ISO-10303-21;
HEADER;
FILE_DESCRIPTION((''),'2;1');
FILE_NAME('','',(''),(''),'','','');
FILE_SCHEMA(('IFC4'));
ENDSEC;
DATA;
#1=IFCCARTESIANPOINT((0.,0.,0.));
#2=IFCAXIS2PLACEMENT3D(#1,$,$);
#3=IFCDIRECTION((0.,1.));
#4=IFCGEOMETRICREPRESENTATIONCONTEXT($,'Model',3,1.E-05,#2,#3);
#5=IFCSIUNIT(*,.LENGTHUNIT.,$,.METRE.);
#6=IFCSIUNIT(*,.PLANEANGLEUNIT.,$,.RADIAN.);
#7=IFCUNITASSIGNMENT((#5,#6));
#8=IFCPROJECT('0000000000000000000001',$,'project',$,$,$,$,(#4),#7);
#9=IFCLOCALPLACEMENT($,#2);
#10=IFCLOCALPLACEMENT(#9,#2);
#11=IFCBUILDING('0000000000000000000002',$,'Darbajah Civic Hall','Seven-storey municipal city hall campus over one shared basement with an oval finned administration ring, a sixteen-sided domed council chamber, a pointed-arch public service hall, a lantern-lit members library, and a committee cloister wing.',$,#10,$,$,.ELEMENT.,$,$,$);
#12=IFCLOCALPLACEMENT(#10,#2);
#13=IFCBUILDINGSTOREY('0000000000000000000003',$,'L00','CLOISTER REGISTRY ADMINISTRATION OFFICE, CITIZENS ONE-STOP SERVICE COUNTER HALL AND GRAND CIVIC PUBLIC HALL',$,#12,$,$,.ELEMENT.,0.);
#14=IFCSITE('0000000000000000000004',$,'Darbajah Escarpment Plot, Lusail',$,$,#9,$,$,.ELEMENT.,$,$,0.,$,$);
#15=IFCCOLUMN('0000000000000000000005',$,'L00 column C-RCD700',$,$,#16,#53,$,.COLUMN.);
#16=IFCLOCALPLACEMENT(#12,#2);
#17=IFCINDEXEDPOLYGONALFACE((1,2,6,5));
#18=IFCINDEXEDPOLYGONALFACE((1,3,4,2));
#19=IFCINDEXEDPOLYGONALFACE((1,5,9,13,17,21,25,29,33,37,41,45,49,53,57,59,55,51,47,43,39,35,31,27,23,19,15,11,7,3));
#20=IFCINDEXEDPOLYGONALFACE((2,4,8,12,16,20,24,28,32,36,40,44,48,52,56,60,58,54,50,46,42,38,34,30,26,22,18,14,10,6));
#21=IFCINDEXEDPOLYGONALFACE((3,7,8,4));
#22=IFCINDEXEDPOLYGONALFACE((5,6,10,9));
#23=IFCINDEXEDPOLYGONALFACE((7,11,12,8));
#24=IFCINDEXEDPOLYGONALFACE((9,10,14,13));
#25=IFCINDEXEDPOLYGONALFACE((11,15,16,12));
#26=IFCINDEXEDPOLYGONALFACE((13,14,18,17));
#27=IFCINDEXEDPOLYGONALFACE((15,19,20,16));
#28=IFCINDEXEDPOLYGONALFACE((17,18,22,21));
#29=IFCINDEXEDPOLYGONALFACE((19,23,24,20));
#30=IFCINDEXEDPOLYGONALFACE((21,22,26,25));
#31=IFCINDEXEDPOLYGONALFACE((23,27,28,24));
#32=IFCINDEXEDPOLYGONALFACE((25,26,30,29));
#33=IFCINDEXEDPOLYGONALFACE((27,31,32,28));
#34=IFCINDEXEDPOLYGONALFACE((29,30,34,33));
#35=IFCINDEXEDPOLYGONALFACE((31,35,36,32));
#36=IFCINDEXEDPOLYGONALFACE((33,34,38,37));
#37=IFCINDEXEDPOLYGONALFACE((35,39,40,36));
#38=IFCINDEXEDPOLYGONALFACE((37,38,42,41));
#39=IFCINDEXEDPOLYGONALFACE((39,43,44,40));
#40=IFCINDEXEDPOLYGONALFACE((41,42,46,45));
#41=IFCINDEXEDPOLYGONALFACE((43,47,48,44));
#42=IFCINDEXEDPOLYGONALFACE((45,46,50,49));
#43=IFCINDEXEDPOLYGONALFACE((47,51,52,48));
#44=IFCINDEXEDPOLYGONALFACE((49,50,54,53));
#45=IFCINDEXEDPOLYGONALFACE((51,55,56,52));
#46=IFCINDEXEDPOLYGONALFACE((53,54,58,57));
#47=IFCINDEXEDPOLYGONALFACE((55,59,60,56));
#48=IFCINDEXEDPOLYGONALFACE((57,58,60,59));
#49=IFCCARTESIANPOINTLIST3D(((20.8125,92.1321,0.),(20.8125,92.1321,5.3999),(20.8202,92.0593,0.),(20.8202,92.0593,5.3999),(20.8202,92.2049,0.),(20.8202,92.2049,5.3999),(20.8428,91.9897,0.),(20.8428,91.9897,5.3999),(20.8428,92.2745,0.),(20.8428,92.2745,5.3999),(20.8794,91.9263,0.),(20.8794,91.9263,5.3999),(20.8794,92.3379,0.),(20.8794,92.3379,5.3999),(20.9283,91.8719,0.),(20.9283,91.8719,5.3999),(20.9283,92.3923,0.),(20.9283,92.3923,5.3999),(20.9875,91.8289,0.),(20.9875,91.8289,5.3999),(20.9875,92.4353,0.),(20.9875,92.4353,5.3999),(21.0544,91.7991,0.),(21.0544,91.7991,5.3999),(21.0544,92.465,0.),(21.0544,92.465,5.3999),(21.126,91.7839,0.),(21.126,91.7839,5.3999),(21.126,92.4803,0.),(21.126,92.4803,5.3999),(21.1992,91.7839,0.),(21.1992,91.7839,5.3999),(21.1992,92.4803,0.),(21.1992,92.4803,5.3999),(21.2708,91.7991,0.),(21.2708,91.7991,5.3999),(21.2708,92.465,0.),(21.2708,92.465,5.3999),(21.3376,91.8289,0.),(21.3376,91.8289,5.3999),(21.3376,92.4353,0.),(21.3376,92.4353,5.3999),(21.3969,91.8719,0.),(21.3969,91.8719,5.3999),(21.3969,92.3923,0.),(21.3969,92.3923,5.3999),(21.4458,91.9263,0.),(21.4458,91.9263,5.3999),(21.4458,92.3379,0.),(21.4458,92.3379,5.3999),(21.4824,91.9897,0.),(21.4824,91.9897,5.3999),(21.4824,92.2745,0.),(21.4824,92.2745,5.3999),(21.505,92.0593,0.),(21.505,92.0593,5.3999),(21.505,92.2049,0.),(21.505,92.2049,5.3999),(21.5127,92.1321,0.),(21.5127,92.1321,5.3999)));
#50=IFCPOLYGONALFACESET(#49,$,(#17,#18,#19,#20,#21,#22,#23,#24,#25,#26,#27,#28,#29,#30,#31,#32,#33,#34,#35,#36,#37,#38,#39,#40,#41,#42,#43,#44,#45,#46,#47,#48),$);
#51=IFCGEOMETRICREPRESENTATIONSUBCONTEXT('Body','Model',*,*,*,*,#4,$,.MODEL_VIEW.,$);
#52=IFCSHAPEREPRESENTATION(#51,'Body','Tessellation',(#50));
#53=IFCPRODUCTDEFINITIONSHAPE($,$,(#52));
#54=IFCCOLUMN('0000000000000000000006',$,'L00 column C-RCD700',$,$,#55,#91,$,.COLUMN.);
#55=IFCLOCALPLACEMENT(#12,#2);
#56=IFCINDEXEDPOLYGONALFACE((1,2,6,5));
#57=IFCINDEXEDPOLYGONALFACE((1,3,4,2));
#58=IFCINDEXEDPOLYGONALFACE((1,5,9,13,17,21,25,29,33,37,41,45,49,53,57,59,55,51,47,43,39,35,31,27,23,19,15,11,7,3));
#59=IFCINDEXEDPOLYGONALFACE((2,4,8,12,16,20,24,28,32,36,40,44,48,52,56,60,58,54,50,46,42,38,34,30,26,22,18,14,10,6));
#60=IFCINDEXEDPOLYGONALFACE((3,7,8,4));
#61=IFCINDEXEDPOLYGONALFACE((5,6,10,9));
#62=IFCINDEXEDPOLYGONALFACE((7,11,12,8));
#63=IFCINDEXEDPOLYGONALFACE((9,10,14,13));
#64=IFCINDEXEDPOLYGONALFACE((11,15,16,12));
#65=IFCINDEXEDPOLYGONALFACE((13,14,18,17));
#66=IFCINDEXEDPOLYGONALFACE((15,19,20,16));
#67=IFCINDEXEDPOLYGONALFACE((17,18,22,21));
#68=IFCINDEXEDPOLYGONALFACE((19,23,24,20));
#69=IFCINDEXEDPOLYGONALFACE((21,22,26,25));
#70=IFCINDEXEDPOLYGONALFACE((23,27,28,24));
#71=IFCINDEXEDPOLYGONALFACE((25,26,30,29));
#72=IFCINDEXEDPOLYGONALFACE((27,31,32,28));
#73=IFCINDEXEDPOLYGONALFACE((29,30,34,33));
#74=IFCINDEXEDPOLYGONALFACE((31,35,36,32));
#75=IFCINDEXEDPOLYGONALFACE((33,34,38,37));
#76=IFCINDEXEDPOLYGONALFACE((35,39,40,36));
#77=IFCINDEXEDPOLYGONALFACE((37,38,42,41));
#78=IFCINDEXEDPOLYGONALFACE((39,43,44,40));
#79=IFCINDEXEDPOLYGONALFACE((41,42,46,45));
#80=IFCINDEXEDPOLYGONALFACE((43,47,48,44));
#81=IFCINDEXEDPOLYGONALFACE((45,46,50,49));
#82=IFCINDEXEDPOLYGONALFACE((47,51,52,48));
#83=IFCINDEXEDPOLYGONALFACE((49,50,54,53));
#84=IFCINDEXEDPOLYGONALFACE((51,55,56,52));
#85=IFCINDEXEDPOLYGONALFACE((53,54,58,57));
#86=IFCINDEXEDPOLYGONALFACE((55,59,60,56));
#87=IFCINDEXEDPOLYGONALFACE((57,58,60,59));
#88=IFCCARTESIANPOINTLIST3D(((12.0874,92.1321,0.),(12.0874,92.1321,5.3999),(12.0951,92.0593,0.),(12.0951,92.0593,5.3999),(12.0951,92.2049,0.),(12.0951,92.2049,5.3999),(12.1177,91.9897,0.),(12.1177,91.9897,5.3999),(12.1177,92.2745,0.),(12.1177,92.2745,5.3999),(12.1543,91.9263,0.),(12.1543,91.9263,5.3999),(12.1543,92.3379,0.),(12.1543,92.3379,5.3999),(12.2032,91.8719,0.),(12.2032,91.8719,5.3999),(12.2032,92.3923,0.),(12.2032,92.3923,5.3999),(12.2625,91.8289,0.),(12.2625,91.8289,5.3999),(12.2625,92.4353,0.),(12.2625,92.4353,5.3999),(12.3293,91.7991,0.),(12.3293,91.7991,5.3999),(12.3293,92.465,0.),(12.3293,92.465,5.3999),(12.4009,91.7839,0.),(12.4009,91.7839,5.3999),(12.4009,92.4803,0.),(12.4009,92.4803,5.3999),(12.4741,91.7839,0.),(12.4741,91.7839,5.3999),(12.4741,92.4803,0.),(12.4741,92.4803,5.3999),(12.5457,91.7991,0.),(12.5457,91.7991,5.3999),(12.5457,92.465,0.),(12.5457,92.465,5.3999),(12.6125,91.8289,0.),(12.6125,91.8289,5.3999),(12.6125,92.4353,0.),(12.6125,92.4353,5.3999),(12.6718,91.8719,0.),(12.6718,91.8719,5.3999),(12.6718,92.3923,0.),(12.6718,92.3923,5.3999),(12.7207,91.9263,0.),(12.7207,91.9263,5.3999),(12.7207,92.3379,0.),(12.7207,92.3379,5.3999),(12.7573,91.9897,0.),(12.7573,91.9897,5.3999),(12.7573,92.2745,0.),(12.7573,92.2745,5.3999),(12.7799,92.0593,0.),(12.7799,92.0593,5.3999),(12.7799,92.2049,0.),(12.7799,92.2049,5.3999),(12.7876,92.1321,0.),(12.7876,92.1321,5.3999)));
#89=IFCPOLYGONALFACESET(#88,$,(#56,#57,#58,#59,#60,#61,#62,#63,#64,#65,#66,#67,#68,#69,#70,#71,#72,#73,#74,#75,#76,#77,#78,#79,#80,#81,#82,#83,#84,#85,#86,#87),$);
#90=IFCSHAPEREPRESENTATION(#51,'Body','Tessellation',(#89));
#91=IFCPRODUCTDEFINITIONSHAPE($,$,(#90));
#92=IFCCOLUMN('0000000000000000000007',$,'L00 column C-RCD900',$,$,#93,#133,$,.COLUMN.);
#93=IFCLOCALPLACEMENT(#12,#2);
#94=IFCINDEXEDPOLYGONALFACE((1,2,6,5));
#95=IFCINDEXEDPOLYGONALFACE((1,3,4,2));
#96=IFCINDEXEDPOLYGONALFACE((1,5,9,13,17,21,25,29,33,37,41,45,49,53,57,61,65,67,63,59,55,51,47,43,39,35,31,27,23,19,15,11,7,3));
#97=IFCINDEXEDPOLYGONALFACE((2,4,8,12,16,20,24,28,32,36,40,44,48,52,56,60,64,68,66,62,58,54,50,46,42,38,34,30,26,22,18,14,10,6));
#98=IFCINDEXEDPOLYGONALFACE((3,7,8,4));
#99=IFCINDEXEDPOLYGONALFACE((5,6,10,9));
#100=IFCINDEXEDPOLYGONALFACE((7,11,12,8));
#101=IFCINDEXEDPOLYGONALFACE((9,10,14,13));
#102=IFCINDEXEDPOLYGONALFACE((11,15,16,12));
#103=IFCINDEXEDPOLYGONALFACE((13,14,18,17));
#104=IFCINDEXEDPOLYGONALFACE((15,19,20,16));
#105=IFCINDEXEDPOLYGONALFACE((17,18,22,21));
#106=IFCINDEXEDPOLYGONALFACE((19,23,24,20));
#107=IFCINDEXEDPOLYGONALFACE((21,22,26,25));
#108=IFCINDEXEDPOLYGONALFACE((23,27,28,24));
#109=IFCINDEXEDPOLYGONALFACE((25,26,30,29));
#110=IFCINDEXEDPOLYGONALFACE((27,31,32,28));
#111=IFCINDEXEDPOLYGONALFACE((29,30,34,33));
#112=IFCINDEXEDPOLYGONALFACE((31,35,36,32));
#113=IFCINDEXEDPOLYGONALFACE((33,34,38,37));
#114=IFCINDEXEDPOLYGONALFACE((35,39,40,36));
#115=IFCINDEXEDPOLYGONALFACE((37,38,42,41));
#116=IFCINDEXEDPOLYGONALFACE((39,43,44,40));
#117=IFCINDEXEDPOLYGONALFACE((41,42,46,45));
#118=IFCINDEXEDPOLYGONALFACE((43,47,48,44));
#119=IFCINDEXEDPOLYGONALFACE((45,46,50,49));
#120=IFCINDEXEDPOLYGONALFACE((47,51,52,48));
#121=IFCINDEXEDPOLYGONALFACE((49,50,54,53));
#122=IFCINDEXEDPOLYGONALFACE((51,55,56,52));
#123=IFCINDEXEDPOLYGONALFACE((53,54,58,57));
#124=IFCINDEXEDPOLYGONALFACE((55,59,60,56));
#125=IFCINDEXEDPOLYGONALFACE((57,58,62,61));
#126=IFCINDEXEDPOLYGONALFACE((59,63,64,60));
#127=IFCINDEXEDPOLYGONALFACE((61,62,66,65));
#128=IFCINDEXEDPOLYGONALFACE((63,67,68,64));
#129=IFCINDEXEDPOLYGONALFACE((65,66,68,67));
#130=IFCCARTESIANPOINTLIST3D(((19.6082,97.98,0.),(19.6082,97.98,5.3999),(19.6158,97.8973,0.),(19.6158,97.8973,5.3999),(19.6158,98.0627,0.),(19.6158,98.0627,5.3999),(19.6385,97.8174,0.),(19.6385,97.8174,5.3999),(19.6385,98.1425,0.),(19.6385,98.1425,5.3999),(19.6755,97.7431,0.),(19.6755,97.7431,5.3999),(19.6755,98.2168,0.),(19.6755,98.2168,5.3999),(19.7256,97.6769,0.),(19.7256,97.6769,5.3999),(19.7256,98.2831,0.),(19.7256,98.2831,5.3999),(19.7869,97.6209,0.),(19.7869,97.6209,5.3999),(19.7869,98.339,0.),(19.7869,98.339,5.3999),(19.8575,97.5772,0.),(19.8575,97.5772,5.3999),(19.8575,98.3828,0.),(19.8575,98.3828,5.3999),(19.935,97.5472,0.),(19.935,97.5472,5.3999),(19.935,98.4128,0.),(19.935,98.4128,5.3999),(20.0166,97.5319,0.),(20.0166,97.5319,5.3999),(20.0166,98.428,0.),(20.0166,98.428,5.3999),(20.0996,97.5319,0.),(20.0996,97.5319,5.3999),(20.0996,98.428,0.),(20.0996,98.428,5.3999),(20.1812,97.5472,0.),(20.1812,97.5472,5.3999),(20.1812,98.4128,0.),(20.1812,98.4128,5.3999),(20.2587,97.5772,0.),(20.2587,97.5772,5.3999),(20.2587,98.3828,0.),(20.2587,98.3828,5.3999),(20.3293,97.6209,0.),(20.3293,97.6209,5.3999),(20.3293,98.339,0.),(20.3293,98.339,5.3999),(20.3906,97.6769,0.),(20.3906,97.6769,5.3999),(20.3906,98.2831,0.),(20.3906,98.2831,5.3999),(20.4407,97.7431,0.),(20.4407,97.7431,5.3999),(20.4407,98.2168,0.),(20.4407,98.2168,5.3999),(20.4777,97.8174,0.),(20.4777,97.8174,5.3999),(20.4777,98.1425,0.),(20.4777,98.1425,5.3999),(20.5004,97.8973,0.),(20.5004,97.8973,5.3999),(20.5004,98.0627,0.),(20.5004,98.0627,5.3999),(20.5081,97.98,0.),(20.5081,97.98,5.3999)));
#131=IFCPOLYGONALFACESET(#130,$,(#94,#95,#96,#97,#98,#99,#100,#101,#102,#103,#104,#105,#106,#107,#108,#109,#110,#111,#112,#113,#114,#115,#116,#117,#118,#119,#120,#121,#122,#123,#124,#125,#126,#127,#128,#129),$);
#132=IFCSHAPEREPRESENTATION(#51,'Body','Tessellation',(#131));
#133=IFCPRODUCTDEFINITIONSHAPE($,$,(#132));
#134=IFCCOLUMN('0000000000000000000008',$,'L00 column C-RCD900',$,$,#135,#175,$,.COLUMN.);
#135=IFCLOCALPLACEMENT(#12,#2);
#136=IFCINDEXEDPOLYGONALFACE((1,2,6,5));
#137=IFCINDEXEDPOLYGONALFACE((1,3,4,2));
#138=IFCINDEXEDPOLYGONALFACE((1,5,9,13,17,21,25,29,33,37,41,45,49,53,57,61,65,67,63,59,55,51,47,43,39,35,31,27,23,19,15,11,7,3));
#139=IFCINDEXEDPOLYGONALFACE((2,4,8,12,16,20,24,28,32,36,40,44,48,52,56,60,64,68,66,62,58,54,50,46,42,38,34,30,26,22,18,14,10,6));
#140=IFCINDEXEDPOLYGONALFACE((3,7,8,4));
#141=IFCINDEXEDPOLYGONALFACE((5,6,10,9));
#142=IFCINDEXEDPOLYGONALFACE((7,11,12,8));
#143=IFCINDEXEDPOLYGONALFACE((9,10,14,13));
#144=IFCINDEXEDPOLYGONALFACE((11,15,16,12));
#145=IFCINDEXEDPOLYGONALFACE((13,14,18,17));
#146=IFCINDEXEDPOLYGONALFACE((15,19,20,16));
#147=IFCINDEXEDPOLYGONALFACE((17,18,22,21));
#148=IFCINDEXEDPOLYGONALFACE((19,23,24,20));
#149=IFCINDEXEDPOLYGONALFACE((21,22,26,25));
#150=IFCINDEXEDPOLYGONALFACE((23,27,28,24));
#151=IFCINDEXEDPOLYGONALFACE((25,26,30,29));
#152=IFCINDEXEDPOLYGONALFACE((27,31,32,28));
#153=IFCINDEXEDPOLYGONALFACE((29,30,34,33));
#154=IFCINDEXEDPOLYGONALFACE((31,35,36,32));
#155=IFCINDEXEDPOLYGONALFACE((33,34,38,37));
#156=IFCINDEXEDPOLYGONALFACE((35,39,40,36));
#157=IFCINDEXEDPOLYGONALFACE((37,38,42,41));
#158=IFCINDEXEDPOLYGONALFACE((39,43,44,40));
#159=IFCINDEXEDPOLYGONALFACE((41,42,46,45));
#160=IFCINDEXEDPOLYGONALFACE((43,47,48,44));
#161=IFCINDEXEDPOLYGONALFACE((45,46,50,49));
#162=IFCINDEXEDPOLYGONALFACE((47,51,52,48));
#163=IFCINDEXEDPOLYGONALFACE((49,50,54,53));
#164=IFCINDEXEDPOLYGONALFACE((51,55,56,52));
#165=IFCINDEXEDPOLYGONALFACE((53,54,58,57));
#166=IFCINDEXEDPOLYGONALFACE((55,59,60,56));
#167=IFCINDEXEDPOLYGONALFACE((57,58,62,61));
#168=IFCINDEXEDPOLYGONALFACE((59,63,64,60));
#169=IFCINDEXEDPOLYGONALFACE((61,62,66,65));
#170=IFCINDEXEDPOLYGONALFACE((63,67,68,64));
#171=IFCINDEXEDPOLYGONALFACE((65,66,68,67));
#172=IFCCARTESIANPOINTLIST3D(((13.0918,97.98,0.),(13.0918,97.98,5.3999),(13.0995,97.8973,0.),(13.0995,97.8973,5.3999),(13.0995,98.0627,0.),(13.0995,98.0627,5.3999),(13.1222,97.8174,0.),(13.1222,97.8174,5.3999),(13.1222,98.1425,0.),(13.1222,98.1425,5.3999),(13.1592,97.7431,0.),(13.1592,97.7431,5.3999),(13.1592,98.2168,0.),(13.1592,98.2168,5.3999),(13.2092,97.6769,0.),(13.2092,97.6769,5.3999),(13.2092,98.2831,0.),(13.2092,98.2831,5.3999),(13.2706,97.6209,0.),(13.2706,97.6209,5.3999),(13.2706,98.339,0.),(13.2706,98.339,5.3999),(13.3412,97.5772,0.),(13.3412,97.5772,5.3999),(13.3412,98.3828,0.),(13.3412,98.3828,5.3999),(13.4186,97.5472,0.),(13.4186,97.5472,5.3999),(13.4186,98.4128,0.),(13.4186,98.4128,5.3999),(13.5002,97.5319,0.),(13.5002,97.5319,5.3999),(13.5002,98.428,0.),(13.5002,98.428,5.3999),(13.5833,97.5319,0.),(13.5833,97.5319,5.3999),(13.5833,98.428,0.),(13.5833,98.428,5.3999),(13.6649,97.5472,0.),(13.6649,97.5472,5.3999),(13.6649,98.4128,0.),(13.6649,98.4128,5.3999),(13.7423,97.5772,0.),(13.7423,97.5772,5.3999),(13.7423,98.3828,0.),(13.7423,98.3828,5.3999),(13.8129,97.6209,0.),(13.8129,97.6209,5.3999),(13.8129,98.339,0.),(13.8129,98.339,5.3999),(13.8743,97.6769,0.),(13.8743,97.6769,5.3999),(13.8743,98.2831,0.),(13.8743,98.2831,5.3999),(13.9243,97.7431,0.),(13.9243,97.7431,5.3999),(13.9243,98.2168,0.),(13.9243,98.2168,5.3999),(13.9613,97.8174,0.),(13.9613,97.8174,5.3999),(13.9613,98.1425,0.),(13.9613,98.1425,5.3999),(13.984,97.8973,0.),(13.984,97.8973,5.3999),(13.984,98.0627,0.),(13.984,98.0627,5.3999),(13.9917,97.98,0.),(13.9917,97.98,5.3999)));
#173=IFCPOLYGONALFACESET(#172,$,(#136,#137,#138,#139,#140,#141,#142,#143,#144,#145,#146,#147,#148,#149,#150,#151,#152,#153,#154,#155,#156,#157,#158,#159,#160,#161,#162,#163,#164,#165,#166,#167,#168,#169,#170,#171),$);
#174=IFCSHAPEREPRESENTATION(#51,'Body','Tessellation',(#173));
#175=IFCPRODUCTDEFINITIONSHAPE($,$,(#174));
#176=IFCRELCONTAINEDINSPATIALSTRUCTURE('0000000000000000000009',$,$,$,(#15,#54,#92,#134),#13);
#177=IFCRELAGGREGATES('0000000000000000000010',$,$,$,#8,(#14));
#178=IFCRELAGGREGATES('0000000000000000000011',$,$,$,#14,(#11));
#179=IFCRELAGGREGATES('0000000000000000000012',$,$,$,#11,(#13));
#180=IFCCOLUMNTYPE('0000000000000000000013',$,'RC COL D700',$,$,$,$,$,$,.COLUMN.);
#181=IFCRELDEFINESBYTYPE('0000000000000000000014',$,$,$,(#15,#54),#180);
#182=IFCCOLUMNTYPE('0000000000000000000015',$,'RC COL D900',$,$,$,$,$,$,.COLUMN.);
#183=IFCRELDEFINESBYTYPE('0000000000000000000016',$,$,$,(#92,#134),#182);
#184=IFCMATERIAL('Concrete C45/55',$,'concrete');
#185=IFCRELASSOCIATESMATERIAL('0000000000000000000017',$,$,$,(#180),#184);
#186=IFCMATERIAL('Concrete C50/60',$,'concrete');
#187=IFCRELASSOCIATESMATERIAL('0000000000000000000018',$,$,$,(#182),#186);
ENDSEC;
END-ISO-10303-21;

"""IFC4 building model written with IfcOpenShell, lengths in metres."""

from ifc_helpers import new_model, si_unit, direction, frame, origin, origin_2d, place, context, subcontext, project, spatial, circle, extrude, material, material_profile, profile_set, type_object, element, save


model = new_model("IFC4")

# Units and contexts
model_context = context("Model", 3, precision=1e-05, world=origin(), true_north=direction((0.0, 1.0)))
body_context = subcontext(model_context, "Body", "Model", "MODEL_VIEW")
ifc_project = project(units=[si_unit("LENGTHUNIT", "METRE"), si_unit("PLANEANGLEUNIT", "RADIAN")], contexts=[model_context])

# Site, building, storey
site_placement = place(None, origin())
site = spatial("IfcSite", under=ifc_project, at=site_placement, Name="Darbajah Escarpment Plot, Lusail", CompositionType="ELEMENT", RefElevation=0.0)
building_placement = place(site_placement, origin())
building = spatial("IfcBuilding", under=site, at=building_placement, Name="Darbajah Civic Hall", Description="Seven-storey municipal city hall campus over one shared basement with an oval finned administration ring, a sixteen-sided domed council chamber, a pointed-arch public service hall, a lantern-lit members library, and a committee cloister wing.", CompositionType="ELEMENT")
storey_placement = place(building_placement, origin())
storey = spatial("IfcBuildingStorey", under=building, at=storey_placement, Name="L00", Description="CLOISTER REGISTRY ADMINISTRATION OFFICE, CITIZENS ONE-STOP SERVICE COUNTER HALL AND GRAND CIVIC PUBLIC HALL", CompositionType="ELEMENT", Elevation=0.0)

# Columns
ifc_material_1 = material(Name="Concrete C45/55", Category="concrete")
ifc_material_profile_1 = material_profile(ifc_material_1, circle(Radius=0.3501, at=origin_2d()), Name="RC COL D700")
ifc_profile_set_1 = profile_set([ifc_material_profile_1], Name="Concrete C45/55")
column_type_1 = type_object("IfcColumnType", Name="RC COL D700", PredefinedType="COLUMN", material=ifc_profile_set_1)
for number, where, z_axis, x_axis, name in (
    (1, (21.1626, 92.1321, 0.0), (0.0, 0.0, 1.0), (1.0, 0.0, 0.0), "L00 column C-RCD700"),
    (2, (12.4375, 92.1321, 0.0), (0.0, 0.0, 1.0), (1.0, 0.0, 0.0), "L00 column C-RCD700"),
):
    element("IfcColumn", number, at=place(storey_placement, frame(where, z_axis=z_axis, x_axis=x_axis)), inside=storey, type_object=column_type_1, Name=name, PredefinedType="COLUMN", context=body_context, shape_type="SweptSolid", body=[
        extrude(circle(Radius=0.3501, at=origin_2d()), origin(), (0.0, 0.0, 1.0), 5.3999),
    ])
ifc_material_2 = material(Name="Concrete C50/60", Category="concrete")
ifc_material_profile_2 = material_profile(ifc_material_2, circle(Radius=0.45, at=origin_2d()), Name="RC COL D900")
ifc_profile_set_2 = profile_set([ifc_material_profile_2], Name="Concrete C50/60")
column_type_2 = type_object("IfcColumnType", Name="RC COL D900", PredefinedType="COLUMN", material=ifc_profile_set_2)
for number, where, z_axis, x_axis, name in (
    (3, (20.0581, 97.98, 0.0), (0.0, 0.0, 1.0), (1.0, 0.0, 0.0), "L00 column C-RCD900"),
    (4, (13.5417, 97.98, 0.0), (0.0, 0.0, 1.0), (1.0, 0.0, 0.0), "L00 column C-RCD900"),
):
    element("IfcColumn", number, at=place(storey_placement, frame(where, z_axis=z_axis, x_axis=x_axis)), inside=storey, type_object=column_type_2, Name=name, PredefinedType="COLUMN", context=body_context, shape_type="SweptSolid", body=[
        extrude(circle(Radius=0.45, at=origin_2d()), origin(), (0.0, 0.0, 1.0), 5.3999),
    ])

save(model, "model.ifc")
